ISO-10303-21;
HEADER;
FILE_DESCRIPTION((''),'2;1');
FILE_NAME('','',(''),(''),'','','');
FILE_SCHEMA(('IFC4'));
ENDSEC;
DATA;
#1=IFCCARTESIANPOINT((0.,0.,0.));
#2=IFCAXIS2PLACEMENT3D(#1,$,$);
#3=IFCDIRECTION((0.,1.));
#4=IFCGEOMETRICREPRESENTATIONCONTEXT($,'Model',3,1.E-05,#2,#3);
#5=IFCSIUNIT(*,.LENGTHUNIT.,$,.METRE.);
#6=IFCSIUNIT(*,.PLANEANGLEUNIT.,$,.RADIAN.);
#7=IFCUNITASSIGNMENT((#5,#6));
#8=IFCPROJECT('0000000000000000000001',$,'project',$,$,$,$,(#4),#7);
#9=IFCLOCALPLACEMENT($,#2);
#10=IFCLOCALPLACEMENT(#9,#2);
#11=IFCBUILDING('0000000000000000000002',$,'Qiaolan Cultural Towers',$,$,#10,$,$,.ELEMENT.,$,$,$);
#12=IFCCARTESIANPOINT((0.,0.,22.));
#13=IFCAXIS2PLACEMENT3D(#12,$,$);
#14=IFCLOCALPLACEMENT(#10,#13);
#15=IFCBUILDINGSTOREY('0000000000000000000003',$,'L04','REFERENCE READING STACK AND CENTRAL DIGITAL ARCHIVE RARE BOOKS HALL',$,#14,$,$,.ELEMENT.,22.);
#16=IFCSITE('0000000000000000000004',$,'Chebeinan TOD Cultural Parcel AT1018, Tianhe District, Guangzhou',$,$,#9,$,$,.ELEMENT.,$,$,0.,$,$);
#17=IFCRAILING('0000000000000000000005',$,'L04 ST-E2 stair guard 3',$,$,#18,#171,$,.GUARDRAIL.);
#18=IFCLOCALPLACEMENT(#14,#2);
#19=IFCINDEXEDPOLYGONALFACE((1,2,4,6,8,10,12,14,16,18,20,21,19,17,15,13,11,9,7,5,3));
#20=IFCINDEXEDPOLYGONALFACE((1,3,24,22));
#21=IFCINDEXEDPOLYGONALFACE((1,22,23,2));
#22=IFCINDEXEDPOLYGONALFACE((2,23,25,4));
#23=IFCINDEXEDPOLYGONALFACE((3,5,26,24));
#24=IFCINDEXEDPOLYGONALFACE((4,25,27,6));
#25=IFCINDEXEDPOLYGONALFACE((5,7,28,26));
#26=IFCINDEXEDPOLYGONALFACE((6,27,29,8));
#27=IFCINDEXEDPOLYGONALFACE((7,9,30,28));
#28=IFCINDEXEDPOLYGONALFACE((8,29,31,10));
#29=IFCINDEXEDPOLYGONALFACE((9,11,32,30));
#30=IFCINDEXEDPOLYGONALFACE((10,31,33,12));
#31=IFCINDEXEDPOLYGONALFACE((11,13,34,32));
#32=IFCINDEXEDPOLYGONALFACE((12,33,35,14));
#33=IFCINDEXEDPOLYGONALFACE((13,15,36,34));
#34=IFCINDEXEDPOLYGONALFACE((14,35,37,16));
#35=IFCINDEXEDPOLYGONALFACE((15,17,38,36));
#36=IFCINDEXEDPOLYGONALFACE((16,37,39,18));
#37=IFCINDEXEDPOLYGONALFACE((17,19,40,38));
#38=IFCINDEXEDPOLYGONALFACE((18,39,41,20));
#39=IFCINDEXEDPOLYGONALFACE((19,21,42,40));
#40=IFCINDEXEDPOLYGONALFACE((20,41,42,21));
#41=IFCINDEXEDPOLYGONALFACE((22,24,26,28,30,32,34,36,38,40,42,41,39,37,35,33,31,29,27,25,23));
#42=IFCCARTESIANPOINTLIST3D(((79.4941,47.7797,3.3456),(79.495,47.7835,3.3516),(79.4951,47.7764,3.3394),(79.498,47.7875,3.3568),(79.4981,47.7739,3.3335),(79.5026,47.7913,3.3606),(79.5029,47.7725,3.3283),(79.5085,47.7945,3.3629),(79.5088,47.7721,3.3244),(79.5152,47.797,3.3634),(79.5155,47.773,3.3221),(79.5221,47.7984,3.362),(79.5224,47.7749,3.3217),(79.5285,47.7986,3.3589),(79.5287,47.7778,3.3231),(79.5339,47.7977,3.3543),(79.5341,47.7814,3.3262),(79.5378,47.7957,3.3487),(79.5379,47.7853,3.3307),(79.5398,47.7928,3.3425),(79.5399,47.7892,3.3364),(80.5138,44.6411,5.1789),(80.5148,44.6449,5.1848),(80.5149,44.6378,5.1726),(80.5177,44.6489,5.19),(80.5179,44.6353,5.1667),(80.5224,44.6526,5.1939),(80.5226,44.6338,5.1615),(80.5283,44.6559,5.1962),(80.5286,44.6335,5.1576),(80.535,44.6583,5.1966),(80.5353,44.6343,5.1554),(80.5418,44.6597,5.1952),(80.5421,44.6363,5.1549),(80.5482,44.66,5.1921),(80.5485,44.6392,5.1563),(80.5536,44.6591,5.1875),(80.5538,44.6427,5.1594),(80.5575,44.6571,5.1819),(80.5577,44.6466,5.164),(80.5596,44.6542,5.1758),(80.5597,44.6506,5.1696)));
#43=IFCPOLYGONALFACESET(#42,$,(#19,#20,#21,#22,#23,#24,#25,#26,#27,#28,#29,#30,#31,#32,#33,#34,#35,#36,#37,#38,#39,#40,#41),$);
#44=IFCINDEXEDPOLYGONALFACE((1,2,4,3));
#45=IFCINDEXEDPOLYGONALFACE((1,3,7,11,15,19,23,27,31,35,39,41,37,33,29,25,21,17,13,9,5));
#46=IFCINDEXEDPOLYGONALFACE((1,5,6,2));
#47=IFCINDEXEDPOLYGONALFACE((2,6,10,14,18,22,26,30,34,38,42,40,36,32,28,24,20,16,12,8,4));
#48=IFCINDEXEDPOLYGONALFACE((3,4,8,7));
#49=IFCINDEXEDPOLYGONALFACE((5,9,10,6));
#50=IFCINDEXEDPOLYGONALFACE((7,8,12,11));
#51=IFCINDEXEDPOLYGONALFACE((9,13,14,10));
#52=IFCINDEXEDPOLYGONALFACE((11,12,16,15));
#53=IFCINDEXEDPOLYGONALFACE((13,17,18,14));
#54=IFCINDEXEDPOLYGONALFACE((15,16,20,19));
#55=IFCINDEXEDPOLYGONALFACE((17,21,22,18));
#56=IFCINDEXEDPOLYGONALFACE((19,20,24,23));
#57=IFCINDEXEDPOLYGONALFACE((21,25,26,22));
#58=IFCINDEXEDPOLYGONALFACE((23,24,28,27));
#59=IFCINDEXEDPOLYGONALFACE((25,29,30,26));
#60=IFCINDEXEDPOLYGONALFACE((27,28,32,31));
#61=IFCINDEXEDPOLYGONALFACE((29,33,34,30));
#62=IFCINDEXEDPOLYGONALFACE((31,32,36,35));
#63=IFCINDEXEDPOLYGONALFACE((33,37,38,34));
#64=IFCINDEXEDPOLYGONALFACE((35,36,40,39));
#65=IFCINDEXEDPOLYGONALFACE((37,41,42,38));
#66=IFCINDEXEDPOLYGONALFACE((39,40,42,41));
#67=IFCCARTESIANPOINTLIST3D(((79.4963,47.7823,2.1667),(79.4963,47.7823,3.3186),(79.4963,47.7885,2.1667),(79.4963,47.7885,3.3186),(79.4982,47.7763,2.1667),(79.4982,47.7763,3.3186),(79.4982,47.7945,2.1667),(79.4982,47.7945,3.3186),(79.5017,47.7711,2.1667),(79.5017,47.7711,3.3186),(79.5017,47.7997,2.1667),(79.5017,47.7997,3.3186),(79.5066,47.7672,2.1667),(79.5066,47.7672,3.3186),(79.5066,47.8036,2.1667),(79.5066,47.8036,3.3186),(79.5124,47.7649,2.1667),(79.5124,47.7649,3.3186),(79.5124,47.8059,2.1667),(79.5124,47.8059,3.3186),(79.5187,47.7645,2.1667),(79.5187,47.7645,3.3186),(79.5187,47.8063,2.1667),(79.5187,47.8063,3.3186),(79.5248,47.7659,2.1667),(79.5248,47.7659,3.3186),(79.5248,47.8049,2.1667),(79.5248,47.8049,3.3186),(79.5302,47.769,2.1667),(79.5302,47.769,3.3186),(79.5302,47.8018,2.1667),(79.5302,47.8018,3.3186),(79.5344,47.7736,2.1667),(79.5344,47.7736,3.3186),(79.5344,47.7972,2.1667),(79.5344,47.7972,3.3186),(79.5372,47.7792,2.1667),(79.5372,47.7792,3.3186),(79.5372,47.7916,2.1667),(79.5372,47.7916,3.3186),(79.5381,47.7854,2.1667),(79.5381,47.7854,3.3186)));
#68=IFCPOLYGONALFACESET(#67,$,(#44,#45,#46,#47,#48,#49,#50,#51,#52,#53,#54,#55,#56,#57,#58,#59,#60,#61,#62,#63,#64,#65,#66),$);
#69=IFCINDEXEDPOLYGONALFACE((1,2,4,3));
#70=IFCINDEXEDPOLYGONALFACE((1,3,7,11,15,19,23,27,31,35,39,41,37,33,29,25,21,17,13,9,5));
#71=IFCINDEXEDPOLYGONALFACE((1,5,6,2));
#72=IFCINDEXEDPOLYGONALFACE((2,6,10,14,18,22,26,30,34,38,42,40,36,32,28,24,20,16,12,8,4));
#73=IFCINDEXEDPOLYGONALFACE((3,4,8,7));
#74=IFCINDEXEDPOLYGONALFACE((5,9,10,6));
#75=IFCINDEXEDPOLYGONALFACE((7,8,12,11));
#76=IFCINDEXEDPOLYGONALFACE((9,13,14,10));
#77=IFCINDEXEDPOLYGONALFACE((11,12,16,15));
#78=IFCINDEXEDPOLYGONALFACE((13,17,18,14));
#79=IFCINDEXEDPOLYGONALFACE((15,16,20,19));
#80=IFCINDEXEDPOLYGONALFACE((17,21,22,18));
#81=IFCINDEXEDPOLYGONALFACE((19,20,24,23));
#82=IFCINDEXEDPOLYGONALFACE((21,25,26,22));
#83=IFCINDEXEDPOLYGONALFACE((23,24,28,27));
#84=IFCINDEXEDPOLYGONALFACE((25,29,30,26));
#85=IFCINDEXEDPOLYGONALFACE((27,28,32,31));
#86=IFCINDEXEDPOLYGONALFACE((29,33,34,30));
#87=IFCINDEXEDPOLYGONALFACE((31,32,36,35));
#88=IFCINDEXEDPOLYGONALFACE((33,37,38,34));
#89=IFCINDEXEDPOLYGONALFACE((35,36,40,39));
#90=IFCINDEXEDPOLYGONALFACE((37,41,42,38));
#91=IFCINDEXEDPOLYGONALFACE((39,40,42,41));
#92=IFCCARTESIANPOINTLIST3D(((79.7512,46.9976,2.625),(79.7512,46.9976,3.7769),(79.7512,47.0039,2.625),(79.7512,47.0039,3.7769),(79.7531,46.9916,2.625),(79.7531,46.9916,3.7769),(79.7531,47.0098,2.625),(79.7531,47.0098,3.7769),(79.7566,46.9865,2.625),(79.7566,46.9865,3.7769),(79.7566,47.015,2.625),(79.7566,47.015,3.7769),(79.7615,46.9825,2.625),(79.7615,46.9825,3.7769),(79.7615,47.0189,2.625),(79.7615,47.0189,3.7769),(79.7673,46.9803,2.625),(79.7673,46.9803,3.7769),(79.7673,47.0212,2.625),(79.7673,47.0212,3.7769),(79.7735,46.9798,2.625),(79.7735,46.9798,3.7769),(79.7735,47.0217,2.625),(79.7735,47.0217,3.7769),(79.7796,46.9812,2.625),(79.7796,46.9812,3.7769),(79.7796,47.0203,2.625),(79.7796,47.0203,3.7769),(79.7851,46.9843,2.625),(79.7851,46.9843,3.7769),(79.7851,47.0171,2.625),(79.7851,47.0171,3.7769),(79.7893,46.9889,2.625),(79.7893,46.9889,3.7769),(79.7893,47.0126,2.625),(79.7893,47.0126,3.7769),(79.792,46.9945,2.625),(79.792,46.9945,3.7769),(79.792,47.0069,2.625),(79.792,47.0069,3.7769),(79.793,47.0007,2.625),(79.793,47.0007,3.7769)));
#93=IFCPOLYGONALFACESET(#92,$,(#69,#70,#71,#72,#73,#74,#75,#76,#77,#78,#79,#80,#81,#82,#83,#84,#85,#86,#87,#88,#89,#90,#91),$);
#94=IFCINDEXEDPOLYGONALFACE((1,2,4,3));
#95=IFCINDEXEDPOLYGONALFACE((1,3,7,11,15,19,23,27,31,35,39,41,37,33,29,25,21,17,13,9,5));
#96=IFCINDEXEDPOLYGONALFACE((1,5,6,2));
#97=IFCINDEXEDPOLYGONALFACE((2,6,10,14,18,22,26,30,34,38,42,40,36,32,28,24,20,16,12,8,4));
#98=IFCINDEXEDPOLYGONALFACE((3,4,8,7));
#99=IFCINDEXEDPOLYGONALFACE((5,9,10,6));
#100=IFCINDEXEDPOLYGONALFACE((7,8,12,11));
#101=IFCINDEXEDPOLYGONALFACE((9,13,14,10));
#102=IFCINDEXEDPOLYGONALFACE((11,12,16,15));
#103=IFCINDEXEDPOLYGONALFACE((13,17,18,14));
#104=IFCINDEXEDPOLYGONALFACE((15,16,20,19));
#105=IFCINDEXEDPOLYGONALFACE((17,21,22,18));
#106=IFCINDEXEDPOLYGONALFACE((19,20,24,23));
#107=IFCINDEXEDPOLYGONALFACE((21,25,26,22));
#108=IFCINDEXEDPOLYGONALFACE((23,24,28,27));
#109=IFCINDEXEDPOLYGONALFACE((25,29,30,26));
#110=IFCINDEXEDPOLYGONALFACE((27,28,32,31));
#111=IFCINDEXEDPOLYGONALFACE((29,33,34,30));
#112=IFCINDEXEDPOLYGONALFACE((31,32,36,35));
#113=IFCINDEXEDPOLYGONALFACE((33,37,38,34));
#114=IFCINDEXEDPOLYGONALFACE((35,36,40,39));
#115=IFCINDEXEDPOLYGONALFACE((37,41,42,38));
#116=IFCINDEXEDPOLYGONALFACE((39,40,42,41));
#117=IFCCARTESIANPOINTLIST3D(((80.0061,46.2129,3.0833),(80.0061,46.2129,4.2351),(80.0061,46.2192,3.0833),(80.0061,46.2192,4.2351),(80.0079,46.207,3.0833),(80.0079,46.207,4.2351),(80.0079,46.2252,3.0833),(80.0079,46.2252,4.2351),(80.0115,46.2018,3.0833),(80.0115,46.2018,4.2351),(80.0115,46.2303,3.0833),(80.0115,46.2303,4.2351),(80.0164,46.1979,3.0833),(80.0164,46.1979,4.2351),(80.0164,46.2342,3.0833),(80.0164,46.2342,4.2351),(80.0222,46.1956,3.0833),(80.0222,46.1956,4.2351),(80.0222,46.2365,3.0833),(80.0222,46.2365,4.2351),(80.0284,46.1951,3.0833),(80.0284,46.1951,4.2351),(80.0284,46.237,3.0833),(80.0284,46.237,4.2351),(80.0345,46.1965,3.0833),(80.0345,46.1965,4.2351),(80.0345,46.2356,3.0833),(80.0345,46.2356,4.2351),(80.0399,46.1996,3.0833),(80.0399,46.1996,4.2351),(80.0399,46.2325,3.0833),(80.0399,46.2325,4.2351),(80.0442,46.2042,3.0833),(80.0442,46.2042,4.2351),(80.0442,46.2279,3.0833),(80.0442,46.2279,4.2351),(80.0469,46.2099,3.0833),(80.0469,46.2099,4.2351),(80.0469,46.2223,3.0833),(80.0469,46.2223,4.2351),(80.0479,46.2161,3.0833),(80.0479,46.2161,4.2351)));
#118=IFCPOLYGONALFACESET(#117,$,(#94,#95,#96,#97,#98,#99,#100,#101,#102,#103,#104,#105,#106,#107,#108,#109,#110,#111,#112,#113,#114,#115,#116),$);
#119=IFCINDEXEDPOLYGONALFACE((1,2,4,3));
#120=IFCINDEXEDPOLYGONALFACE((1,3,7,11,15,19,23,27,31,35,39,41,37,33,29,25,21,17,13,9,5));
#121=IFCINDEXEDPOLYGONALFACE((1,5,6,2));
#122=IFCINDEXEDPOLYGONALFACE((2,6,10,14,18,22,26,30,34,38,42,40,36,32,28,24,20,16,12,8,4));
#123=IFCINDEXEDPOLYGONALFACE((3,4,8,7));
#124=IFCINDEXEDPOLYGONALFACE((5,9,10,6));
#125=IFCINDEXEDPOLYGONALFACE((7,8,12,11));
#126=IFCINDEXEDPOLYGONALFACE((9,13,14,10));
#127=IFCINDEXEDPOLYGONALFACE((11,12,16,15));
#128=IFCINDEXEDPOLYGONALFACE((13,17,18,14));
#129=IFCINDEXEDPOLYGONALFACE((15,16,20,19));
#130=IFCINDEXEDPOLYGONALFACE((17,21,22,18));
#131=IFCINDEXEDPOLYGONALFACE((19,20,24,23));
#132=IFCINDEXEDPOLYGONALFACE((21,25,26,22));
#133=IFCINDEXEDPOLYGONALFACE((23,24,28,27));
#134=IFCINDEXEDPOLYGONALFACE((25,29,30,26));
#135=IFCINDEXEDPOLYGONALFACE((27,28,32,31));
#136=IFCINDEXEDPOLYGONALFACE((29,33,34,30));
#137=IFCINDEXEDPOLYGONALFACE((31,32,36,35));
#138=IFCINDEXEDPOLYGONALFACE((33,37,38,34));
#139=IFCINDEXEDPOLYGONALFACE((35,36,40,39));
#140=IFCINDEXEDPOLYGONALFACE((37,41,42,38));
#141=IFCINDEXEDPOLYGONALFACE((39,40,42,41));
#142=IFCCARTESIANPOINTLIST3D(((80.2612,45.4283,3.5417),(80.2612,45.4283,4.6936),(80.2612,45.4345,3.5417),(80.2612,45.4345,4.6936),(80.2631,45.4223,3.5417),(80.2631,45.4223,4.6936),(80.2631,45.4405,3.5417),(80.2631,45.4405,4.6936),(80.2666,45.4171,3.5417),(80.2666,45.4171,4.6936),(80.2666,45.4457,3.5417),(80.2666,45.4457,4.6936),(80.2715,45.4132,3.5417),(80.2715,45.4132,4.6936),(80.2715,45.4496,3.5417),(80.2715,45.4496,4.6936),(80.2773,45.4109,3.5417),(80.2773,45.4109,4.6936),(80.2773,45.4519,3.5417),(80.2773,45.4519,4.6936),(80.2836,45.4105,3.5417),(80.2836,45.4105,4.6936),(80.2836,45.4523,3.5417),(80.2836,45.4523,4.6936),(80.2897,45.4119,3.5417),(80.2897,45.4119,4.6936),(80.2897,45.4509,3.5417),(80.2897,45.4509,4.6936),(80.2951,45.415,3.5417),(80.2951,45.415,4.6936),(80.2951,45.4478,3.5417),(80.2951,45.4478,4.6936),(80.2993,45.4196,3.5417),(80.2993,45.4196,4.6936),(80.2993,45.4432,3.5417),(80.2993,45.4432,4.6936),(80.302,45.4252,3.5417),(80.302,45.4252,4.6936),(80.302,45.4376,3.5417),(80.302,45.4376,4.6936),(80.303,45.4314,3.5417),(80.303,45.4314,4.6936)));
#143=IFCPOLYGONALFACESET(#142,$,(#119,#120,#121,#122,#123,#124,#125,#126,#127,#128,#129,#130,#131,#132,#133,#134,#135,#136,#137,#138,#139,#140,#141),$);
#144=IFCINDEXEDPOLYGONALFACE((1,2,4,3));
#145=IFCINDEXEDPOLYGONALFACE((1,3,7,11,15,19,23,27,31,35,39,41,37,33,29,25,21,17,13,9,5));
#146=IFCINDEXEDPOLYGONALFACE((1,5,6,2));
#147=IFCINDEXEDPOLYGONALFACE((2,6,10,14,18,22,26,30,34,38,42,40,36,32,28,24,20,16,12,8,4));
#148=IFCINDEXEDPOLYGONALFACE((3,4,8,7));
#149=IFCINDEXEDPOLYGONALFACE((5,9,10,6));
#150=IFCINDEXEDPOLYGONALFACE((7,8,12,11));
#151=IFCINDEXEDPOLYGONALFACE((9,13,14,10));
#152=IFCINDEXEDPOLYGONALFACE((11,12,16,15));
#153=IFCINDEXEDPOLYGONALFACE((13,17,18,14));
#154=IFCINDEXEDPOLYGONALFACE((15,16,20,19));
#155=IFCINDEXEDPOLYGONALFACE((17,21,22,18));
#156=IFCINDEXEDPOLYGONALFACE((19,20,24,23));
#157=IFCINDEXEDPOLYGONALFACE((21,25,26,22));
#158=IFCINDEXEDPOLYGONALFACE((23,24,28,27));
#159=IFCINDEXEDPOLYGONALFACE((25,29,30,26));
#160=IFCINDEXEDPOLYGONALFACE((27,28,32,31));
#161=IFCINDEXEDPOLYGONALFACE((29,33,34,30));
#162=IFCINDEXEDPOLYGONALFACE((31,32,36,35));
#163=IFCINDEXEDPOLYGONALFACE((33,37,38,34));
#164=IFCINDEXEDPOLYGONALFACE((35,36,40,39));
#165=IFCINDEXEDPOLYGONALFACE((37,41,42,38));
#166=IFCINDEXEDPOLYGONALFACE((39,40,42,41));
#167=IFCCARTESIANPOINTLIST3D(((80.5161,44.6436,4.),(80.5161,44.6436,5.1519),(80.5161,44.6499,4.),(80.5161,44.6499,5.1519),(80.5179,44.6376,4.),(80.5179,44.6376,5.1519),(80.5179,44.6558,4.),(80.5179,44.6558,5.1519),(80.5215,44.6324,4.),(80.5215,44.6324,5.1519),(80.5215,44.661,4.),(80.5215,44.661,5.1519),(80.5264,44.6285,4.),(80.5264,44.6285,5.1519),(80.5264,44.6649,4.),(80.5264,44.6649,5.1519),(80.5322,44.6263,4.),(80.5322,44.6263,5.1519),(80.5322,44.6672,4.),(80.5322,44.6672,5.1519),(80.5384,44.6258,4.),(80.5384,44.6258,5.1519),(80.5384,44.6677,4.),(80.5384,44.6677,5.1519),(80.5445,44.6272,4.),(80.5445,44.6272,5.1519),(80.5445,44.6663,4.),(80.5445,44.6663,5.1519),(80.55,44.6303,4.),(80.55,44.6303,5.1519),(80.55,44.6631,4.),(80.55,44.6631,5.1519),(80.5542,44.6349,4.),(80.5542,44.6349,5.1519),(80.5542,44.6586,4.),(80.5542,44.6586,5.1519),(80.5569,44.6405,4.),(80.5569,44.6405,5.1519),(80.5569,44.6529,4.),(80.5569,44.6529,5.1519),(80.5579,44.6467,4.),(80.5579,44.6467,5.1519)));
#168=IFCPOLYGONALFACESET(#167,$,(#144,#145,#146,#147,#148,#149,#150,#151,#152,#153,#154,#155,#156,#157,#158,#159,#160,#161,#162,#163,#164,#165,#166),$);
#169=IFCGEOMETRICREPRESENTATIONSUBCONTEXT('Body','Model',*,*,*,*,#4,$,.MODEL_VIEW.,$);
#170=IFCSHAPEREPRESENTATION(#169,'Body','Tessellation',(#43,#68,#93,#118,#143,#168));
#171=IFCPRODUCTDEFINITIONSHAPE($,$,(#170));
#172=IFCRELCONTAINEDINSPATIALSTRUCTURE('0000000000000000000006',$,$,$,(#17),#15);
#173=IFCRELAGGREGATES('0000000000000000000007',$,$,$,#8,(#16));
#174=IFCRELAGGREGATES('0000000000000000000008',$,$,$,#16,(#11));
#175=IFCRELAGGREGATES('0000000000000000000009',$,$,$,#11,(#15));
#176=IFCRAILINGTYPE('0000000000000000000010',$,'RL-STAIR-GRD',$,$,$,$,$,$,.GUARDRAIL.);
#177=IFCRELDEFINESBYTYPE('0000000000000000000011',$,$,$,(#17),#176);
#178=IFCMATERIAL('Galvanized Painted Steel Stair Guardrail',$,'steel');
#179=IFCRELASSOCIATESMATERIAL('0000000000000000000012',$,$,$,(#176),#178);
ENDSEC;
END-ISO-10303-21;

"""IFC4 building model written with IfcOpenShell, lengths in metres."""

from ifc_helpers import new_model, si_unit, direction, frame, origin, origin_2d, place, context, subcontext, project, spatial, circle, extrude, material, type_object, element, save


model = new_model("IFC4")

# Units and contexts
model_context = context("Model", 3, precision=1e-05, world=origin(), true_north=direction((0.0, 1.0)))
body_context = subcontext(model_context, "Body", "Model", "MODEL_VIEW")
ifc_project = project(units=[si_unit("LENGTHUNIT", "METRE"), si_unit("PLANEANGLEUNIT", "RADIAN")], contexts=[model_context])

# Site, building, storey
site_placement = place(None, origin())
site = spatial("IfcSite", under=ifc_project, at=site_placement, Name="Chebeinan TOD Cultural Parcel AT1018, Tianhe District, Guangzhou", CompositionType="ELEMENT", RefElevation=0.0)
building_placement = place(site_placement, origin())
building = spatial("IfcBuilding", under=site, at=building_placement, Name="Qiaolan Cultural Towers", CompositionType="ELEMENT")
storey_placement = place(building_placement, frame((0.0, 0.0, 22.0)))
storey = spatial("IfcBuildingStorey", under=building, at=storey_placement, Name="L04", Description="REFERENCE READING STACK AND CENTRAL DIGITAL ARCHIVE RARE BOOKS HALL", CompositionType="ELEMENT", Elevation=22.0)

# Railing
ifc_material_1 = material(Name="Galvanized Painted Steel Stair Guardrail", Category="steel")
railing_type_1 = type_object("IfcRailingType", Name="RL-STAIR-GRD", PredefinedType="GUARDRAIL", material=ifc_material_1)
railing_1_placement = place(storey_placement, frame((79.5171, 47.7854, 2.1667)))
element("IfcRailing", 1, at=railing_1_placement, inside=storey, type_object=railing_type_1, Name="L04 ST-E2 stair guard 3", PredefinedType="GUARDRAIL", context=body_context, shape_type="SweptSolid", body=[
    extrude(circle(Radius=0.0239, at=origin_2d()), frame((0.0, 0.0, 1.1758), z_axis=(0.270126, -0.831396, 0.485606), x_axis=(0.95106, 0.309006, 0.0)), (0.0, 0.0, 1.0), 3.7751),
    extrude(circle(Radius=0.021, at=origin_2d()), origin(), (0.0, 0.0, 1.0), 1.1519),
    extrude(circle(Radius=0.021, at=origin_2d()), frame((0.2549, -0.7847, 0.4583)), (0.0, 0.0, 1.0), 1.1519),
    extrude(circle(Radius=0.021, at=origin_2d()), frame((0.5098, -1.5693, 0.9165)), (0.0, 0.0, 1.0), 1.1519),
    extrude(circle(Radius=0.021, at=origin_2d()), frame((0.7649, -2.354, 1.375)), (0.0, 0.0, 1.0), 1.1519),
    extrude(circle(Radius=0.021, at=origin_2d()), frame((1.0198, -3.1387, 1.8333)), (0.0, 0.0, 1.0), 1.1519),
])

save(model, "model.ifc")
